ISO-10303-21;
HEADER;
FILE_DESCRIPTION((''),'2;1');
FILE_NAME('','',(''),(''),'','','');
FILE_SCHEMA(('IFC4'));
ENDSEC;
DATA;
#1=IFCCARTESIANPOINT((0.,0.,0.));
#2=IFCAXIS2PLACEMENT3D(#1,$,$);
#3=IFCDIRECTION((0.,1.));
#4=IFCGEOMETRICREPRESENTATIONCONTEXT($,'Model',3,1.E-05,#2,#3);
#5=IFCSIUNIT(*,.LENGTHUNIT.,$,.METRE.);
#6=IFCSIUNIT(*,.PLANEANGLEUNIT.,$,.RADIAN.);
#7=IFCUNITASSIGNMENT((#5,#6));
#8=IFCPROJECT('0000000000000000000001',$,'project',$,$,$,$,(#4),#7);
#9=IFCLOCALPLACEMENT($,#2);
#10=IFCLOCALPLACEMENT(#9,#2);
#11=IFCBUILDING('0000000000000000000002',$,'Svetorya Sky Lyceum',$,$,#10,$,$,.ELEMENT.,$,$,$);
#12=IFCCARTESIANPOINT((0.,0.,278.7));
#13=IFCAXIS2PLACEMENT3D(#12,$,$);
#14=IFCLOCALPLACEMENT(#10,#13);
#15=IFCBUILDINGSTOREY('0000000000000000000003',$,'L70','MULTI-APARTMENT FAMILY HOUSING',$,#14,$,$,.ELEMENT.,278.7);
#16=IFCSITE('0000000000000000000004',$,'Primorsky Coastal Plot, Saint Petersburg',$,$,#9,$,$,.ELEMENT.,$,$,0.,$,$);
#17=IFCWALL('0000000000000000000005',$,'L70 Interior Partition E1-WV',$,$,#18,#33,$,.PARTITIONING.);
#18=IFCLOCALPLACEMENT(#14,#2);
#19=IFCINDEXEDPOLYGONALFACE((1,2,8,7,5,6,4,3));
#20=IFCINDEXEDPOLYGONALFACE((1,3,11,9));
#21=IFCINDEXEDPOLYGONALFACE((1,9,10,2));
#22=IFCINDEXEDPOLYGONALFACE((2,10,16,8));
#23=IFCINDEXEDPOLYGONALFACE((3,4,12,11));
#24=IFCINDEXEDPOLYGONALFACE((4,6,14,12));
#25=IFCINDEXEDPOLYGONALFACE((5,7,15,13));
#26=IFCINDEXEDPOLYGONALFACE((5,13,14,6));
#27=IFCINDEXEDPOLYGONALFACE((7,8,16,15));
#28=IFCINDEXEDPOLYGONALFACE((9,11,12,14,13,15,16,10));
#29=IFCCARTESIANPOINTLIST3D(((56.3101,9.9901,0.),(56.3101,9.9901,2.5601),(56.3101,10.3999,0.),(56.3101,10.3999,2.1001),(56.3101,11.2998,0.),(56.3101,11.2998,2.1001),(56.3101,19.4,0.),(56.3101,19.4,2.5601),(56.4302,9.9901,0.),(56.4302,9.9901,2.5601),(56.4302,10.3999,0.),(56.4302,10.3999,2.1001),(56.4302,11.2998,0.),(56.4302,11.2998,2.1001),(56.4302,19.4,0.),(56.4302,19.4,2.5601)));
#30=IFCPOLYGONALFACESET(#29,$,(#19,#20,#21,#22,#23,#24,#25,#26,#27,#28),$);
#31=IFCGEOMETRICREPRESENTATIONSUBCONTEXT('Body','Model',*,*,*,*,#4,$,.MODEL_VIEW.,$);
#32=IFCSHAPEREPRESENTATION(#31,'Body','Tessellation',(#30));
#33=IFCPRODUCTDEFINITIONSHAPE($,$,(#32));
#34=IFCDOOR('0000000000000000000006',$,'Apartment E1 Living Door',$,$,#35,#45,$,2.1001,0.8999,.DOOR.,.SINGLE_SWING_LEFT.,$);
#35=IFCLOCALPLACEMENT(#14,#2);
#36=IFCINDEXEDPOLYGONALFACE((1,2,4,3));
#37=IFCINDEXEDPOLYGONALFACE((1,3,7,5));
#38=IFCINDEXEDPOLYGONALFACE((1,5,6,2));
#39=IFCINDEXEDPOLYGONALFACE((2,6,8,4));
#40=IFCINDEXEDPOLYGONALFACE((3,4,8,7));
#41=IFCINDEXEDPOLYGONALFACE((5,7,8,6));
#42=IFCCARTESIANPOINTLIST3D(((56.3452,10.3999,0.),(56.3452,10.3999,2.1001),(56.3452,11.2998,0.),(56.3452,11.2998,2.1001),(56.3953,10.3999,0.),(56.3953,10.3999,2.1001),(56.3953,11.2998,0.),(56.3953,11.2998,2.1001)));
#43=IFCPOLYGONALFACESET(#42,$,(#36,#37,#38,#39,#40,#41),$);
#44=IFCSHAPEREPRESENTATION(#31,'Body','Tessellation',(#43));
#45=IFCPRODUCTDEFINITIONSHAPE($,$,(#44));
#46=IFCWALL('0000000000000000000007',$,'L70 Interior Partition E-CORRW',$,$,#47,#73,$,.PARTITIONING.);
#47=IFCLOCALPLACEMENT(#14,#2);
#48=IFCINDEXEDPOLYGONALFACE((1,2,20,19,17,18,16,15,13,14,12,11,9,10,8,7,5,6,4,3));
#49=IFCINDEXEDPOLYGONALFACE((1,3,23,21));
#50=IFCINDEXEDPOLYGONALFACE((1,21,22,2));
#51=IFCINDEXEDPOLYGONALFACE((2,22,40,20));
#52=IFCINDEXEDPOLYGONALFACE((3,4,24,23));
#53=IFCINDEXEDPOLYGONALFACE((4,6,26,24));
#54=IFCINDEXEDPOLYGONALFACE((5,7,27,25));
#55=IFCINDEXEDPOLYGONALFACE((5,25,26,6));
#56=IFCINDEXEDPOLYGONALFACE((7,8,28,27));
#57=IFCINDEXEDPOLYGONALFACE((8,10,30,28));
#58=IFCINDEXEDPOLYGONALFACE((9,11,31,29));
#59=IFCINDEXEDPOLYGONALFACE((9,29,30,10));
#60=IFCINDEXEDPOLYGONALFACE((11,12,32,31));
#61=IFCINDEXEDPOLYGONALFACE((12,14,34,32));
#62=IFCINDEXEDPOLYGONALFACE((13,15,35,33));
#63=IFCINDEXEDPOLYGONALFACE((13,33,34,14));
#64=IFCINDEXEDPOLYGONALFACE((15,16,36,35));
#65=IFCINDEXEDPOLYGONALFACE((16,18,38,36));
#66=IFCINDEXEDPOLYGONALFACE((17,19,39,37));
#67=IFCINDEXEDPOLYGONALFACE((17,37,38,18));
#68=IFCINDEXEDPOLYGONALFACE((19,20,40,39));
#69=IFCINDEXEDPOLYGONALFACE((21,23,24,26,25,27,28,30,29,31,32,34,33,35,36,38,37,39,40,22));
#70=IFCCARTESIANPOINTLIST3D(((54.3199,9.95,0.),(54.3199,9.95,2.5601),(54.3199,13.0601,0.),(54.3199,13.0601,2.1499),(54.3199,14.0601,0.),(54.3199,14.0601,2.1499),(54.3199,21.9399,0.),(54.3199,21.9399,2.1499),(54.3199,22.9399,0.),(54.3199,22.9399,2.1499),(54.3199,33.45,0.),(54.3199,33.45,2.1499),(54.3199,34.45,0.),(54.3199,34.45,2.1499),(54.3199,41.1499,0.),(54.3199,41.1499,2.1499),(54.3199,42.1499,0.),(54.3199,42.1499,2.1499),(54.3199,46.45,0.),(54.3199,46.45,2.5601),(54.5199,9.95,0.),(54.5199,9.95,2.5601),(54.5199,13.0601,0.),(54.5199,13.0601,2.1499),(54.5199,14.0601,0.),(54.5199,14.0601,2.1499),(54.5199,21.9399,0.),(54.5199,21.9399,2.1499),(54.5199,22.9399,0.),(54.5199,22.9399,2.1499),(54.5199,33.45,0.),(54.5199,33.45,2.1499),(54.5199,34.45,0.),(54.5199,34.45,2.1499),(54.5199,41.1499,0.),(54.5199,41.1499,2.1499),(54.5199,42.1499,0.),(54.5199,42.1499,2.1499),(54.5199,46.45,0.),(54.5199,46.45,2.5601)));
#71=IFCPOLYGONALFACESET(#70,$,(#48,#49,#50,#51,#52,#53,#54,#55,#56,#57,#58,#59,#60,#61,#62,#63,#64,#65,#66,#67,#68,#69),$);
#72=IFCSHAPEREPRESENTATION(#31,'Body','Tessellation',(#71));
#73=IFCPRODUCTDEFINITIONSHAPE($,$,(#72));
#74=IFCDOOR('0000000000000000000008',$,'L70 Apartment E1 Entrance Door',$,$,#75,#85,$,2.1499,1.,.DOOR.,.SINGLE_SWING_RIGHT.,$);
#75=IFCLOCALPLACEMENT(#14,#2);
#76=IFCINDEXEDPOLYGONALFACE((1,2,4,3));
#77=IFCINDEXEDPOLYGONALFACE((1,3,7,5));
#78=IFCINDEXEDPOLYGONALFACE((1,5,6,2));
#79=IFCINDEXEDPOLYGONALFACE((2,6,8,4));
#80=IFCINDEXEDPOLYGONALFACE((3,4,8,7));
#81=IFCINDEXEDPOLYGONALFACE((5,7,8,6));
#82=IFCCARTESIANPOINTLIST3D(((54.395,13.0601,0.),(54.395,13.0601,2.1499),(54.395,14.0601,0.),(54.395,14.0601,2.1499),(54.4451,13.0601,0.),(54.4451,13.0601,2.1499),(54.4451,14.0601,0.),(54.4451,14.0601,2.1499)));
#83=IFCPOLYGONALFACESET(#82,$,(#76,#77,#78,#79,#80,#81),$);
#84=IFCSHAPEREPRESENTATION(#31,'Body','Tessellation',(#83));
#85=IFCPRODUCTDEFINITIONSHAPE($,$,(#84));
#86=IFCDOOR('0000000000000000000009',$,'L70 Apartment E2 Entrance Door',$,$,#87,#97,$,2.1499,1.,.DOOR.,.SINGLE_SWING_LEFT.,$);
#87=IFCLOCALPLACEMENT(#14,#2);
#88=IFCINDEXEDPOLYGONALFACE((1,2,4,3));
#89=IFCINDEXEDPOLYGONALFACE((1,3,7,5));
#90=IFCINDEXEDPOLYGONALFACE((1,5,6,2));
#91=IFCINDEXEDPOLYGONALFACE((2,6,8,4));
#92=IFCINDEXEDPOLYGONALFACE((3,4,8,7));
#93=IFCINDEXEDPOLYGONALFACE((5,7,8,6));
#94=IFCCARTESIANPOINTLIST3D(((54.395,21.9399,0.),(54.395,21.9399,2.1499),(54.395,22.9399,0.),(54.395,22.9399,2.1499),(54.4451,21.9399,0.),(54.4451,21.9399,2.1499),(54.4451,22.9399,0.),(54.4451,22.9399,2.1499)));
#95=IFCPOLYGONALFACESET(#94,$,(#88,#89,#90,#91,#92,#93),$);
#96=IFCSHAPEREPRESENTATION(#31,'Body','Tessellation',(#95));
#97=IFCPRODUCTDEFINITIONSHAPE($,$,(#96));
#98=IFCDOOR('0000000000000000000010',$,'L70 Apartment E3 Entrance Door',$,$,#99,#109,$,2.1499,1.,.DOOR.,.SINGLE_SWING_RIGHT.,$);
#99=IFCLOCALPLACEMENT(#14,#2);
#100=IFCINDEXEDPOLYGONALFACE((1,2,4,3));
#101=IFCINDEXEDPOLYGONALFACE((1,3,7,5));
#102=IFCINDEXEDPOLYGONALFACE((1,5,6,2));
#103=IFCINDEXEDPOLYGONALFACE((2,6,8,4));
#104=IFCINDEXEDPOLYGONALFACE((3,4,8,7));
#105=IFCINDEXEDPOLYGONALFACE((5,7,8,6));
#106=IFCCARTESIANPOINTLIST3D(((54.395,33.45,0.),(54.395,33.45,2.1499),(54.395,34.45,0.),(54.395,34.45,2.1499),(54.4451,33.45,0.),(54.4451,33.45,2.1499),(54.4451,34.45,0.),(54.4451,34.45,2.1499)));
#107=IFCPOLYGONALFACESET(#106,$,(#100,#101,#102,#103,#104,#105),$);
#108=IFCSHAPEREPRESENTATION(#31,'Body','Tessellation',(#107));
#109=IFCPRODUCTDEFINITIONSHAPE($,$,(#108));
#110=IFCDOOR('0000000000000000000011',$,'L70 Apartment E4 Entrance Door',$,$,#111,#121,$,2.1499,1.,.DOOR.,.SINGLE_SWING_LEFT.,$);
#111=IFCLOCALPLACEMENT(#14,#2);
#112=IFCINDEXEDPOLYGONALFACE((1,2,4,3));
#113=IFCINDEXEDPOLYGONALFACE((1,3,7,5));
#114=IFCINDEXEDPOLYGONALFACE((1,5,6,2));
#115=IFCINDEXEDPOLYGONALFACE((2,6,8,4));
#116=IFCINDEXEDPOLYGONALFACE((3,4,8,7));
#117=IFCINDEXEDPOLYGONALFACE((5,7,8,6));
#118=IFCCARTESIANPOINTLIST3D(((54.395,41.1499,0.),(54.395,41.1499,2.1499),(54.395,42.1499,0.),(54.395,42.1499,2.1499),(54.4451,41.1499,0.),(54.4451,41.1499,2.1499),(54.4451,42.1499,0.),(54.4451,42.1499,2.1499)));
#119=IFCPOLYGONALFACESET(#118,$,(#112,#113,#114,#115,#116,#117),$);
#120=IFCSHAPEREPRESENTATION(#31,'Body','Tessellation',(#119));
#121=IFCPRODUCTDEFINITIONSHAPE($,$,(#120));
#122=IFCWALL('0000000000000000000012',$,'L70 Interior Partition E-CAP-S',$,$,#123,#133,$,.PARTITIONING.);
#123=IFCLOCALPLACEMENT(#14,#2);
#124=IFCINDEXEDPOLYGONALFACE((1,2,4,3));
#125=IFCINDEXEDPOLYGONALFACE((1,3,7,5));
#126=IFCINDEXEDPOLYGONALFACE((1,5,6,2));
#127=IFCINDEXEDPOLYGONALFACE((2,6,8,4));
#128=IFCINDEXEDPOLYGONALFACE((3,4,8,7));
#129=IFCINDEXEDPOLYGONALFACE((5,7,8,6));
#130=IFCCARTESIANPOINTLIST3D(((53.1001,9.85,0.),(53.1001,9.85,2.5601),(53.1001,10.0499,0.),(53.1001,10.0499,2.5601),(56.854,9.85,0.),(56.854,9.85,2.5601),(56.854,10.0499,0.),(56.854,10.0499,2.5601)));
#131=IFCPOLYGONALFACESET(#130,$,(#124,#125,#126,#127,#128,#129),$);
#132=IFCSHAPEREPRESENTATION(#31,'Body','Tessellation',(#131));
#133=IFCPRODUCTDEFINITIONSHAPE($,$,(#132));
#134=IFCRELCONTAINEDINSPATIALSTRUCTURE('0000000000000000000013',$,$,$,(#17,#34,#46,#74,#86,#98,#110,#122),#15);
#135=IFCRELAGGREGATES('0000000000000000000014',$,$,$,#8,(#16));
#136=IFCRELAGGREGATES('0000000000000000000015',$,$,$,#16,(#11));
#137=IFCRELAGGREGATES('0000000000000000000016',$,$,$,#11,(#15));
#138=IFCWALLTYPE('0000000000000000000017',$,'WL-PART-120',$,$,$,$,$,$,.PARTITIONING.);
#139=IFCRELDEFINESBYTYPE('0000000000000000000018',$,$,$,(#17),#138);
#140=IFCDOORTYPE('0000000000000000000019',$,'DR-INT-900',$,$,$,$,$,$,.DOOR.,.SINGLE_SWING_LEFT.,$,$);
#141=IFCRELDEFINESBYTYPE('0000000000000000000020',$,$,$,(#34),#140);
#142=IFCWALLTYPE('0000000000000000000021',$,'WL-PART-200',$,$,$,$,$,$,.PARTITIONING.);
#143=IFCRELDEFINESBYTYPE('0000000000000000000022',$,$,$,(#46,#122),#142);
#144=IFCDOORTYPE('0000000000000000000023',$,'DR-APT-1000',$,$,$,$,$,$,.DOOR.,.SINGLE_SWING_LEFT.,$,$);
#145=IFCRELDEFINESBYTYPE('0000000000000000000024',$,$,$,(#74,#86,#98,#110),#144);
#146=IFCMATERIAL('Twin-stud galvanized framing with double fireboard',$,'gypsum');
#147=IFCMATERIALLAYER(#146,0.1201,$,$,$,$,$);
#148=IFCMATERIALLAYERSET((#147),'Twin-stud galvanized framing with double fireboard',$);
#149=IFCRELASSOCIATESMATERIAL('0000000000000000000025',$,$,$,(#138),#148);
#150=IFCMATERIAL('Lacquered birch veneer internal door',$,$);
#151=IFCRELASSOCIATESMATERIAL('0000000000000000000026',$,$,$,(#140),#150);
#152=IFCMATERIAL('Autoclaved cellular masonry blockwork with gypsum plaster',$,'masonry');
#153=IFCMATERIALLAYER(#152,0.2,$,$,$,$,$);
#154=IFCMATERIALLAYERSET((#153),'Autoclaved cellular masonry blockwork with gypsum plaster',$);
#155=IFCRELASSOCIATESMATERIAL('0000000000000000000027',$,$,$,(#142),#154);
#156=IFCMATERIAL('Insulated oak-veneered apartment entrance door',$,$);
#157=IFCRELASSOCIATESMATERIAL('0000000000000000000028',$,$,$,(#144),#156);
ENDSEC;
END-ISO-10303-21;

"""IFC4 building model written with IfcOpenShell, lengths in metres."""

from ifc_helpers import new_model, si_unit, direction, frame, frame_2d, origin, place, context, subcontext, project, spatial, rectangle, extrude, material, layer, layer_set, type_object, element, fill, save


model = new_model("IFC4")

# Units and contexts
model_context = context("Model", 3, precision=1e-05, world=origin(), true_north=direction((0.0, 1.0)))
body_context = subcontext(model_context, "Body", "Model", "MODEL_VIEW")
ifc_project = project(units=[si_unit("LENGTHUNIT", "METRE"), si_unit("PLANEANGLEUNIT", "RADIAN")], contexts=[model_context])

# Site, building, storey
site_placement = place(None, origin())
site = spatial("IfcSite", under=ifc_project, at=site_placement, Name="Primorsky Coastal Plot, Saint Petersburg", CompositionType="ELEMENT", RefElevation=0.0)
building_placement = place(site_placement, origin())
building = spatial("IfcBuilding", under=site, at=building_placement, Name="Svetorya Sky Lyceum", CompositionType="ELEMENT")
storey_placement = place(building_placement, frame((0.0, 0.0, 278.7)))
storey = spatial("IfcBuildingStorey", under=building, at=storey_placement, Name="L70", Description="MULTI-APARTMENT FAMILY HOUSING", CompositionType="ELEMENT", Elevation=278.7)

# Wall, opening, door
ifc_material_1 = material(Name="Twin-stud galvanized framing with double fireboard", Category="gypsum")
ifc_layer_1 = layer(ifc_material_1, 0.1201)
ifc_layer_set_1 = layer_set([ifc_layer_1], Name="Twin-stud galvanized framing with double fireboard")
wall_type_1 = type_object("IfcWallType", Name="WL-PART-120", PredefinedType="PARTITIONING", material=ifc_layer_set_1)
wall_1_placement = place(storey_placement, frame((56.3701, 9.99, 0.0), z_axis=(0.0, 0.0, 1.0), x_axis=(0.0, 1.0, 0.0)))
wall_1 = element("IfcWall", 1, at=wall_1_placement, inside=storey, type_object=wall_type_1, Name="L70 Interior Partition E1-WV", PredefinedType="PARTITIONING", context=body_context, shape_type="SweptSolid", body=[
    extrude(rectangle(XDim=9.4099, YDim=0.1201, at=frame_2d((4.7051, 0.0))), origin(), (0.0, 0.0, 1.0), 2.5601),
])
opening_1_placement = place(wall_1_placement, frame((0.4099, 0.0, 0.0)))
opening_1 = element("IfcOpeningElement", 2, at=opening_1_placement, cuts=wall_1, PredefinedType="OPENING", context=body_context, shape_type="SweptSolid", body=[
    extrude(rectangle(XDim=0.8999, YDim=2.1001, at=frame_2d((0.45, 1.05))), frame((0.0, 0.0701, 0.0), z_axis=(0.0, -1.0, 0.0), x_axis=(1.0, 0.0, 0.0)), (0.0, 0.0, 1.0), 0.1401),
])
ifc_material_2 = material(Name="Lacquered birch veneer internal door")
door_type_1 = type_object("IfcDoorType", Name="DR-INT-900", OperationType="SINGLE_SWING_LEFT", PredefinedType="DOOR", material=ifc_material_2)
door_1_placement = place(opening_1_placement, origin())
door_1 = element("IfcDoor", 3, at=door_1_placement, inside=storey, type_object=door_type_1, Name="Apartment E1 Living Door", OperationType="SINGLE_SWING_LEFT", OverallHeight=2.1001, OverallWidth=0.8999, PredefinedType="DOOR", context=body_context, shape_type="SweptSolid", body=[
    extrude(rectangle(XDim=0.8999, YDim=2.1001, at=frame_2d((0.45, 1.05))), frame((0.0, 0.0249, 0.0), z_axis=(0.0, -1.0, 0.0), x_axis=(1.0, 0.0, 0.0)), (0.0, 0.0, 1.0), 0.05),
])
fill(opening_1, door_1)

# Wall, openings, doors
ifc_material_3 = material(Name="Autoclaved cellular masonry blockwork with gypsum plaster", Category="masonry")
ifc_layer_2 = layer(ifc_material_3, 0.2)
ifc_layer_set_2 = layer_set([ifc_layer_2], Name="Autoclaved cellular masonry blockwork with gypsum plaster")
wall_type_2 = type_object("IfcWallType", Name="WL-PART-200", PredefinedType="PARTITIONING", material=ifc_layer_set_2)
wall_2_placement = place(storey_placement, frame((54.4199, 9.95, 0.0), z_axis=(0.0, 0.0, 1.0), x_axis=(0.0, 1.0, 0.0)))
wall_2 = element("IfcWall", 4, at=wall_2_placement, inside=storey, type_object=wall_type_2, Name="L70 Interior Partition E-CORRW", PredefinedType="PARTITIONING", context=body_context, shape_type="SweptSolid", body=[
    extrude(rectangle(XDim=36.5, YDim=0.2, at=frame_2d((18.25, 0.0))), origin(), (0.0, 0.0, 1.0), 2.5601),
])
opening_2_placement = place(wall_2_placement, frame((3.1101, 0.0, 0.0)))
opening_2 = element("IfcOpeningElement", 5, at=opening_2_placement, cuts=wall_2, PredefinedType="OPENING", context=body_context, shape_type="SweptSolid", body=[
    extrude(rectangle(XDim=1.0, YDim=2.1499, at=frame_2d((0.5, 1.075))), frame((0.0, 0.1099, 0.0), z_axis=(0.0, -1.0, 0.0), x_axis=(1.0, 0.0, 0.0)), (0.0, 0.0, 1.0), 0.22),
])
opening_3_placement = place(wall_2_placement, frame((11.99, 0.0, 0.0)))
opening_3 = element("IfcOpeningElement", 6, at=opening_3_placement, cuts=wall_2, PredefinedType="OPENING", context=body_context, shape_type="SweptSolid", body=[
    extrude(rectangle(XDim=1.0, YDim=2.1499, at=frame_2d((0.5, 1.075))), frame((0.0, 0.1099, 0.0), z_axis=(0.0, -1.0, 0.0), x_axis=(1.0, 0.0, 0.0)), (0.0, 0.0, 1.0), 0.22),
])
opening_4_placement = place(wall_2_placement, frame((23.5, 0.0, 0.0)))
opening_4 = element("IfcOpeningElement", 7, at=opening_4_placement, cuts=wall_2, PredefinedType="OPENING", context=body_context, shape_type="SweptSolid", body=[
    extrude(rectangle(XDim=1.0, YDim=2.1499, at=frame_2d((0.5, 1.075))), frame((0.0, 0.1099, 0.0), z_axis=(0.0, -1.0, 0.0), x_axis=(1.0, 0.0, 0.0)), (0.0, 0.0, 1.0), 0.22),
])
opening_5_placement = place(wall_2_placement, frame((31.2, 0.0, 0.0)))
opening_5 = element("IfcOpeningElement", 8, at=opening_5_placement, cuts=wall_2, PredefinedType="OPENING", context=body_context, shape_type="SweptSolid", body=[
    extrude(rectangle(XDim=1.0, YDim=2.1499, at=frame_2d((0.5, 1.075))), frame((0.0, 0.1099, 0.0), z_axis=(0.0, -1.0, 0.0), x_axis=(1.0, 0.0, 0.0)), (0.0, 0.0, 1.0), 0.22),
])
ifc_material_4 = material(Name="Insulated oak-veneered apartment entrance door")
door_type_2 = type_object("IfcDoorType", Name="DR-APT-1000", OperationType="SINGLE_SWING_LEFT", PredefinedType="DOOR", material=ifc_material_4)
door_2_placement = place(opening_2_placement, origin())
door_2 = element("IfcDoor", 9, at=door_2_placement, inside=storey, type_object=door_type_2, Name="L70 Apartment E1 Entrance Door", OperationType="SINGLE_SWING_RIGHT", OverallHeight=2.1499, OverallWidth=1.0, PredefinedType="DOOR", context=body_context, shape_type="SweptSolid", body=[
    extrude(rectangle(XDim=1.0, YDim=2.1499, at=frame_2d((0.5, 1.075))), frame((0.0, 0.0249, 0.0), z_axis=(0.0, -1.0, 0.0), x_axis=(1.0, 0.0, 0.0)), (0.0, 0.0, 1.0), 0.05),
])
fill(opening_2, door_2)
door_3_placement = place(opening_3_placement, origin())
door_3 = element("IfcDoor", 10, at=door_3_placement, inside=storey, type_object=door_type_2, Name="L70 Apartment E2 Entrance Door", OperationType="SINGLE_SWING_LEFT", OverallHeight=2.1499, OverallWidth=1.0, PredefinedType="DOOR", context=body_context, shape_type="SweptSolid", body=[
    extrude(rectangle(XDim=1.0, YDim=2.1499, at=frame_2d((0.5, 1.075))), frame((0.0, 0.0249, 0.0), z_axis=(0.0, -1.0, 0.0), x_axis=(1.0, 0.0, 0.0)), (0.0, 0.0, 1.0), 0.05),
])
fill(opening_3, door_3)
door_4_placement = place(opening_4_placement, origin())
door_4 = element("IfcDoor", 11, at=door_4_placement, inside=storey, type_object=door_type_2, Name="L70 Apartment E3 Entrance Door", OperationType="SINGLE_SWING_RIGHT", OverallHeight=2.1499, OverallWidth=1.0, PredefinedType="DOOR", context=body_context, shape_type="SweptSolid", body=[
    extrude(rectangle(XDim=1.0, YDim=2.1499, at=frame_2d((0.5, 1.075))), frame((0.0, 0.0249, 0.0), z_axis=(0.0, -1.0, 0.0), x_axis=(1.0, 0.0, 0.0)), (0.0, 0.0, 1.0), 0.05),
])
fill(opening_4, door_4)
door_5_placement = place(opening_5_placement, origin())
door_5 = element("IfcDoor", 12, at=door_5_placement, inside=storey, type_object=door_type_2, Name="L70 Apartment E4 Entrance Door", OperationType="SINGLE_SWING_LEFT", OverallHeight=2.1499, OverallWidth=1.0, PredefinedType="DOOR", context=body_context, shape_type="SweptSolid", body=[
    extrude(rectangle(XDim=1.0, YDim=2.1499, at=frame_2d((0.5, 1.075))), frame((0.0, 0.0249, 0.0), z_axis=(0.0, -1.0, 0.0), x_axis=(1.0, 0.0, 0.0)), (0.0, 0.0, 1.0), 0.05),
])
fill(opening_5, door_5)

# Wall
wall_3_placement = place(storey_placement, frame((53.1001, 9.95, 0.0), z_axis=(0.0, 0.0, 1.0), x_axis=(1.0, 0.0, 0.0)))
element("IfcWall", 13, at=wall_3_placement, inside=storey, type_object=wall_type_2, Name="L70 Interior Partition E-CAP-S", PredefinedType="PARTITIONING", context=body_context, shape_type="SweptSolid", body=[
    extrude(rectangle(XDim=3.7539, YDim=0.2, at=frame_2d((1.877, 0.0))), origin(), (0.0, 0.0, 1.0), 2.5601),
])

save(model, "model.ifc")
